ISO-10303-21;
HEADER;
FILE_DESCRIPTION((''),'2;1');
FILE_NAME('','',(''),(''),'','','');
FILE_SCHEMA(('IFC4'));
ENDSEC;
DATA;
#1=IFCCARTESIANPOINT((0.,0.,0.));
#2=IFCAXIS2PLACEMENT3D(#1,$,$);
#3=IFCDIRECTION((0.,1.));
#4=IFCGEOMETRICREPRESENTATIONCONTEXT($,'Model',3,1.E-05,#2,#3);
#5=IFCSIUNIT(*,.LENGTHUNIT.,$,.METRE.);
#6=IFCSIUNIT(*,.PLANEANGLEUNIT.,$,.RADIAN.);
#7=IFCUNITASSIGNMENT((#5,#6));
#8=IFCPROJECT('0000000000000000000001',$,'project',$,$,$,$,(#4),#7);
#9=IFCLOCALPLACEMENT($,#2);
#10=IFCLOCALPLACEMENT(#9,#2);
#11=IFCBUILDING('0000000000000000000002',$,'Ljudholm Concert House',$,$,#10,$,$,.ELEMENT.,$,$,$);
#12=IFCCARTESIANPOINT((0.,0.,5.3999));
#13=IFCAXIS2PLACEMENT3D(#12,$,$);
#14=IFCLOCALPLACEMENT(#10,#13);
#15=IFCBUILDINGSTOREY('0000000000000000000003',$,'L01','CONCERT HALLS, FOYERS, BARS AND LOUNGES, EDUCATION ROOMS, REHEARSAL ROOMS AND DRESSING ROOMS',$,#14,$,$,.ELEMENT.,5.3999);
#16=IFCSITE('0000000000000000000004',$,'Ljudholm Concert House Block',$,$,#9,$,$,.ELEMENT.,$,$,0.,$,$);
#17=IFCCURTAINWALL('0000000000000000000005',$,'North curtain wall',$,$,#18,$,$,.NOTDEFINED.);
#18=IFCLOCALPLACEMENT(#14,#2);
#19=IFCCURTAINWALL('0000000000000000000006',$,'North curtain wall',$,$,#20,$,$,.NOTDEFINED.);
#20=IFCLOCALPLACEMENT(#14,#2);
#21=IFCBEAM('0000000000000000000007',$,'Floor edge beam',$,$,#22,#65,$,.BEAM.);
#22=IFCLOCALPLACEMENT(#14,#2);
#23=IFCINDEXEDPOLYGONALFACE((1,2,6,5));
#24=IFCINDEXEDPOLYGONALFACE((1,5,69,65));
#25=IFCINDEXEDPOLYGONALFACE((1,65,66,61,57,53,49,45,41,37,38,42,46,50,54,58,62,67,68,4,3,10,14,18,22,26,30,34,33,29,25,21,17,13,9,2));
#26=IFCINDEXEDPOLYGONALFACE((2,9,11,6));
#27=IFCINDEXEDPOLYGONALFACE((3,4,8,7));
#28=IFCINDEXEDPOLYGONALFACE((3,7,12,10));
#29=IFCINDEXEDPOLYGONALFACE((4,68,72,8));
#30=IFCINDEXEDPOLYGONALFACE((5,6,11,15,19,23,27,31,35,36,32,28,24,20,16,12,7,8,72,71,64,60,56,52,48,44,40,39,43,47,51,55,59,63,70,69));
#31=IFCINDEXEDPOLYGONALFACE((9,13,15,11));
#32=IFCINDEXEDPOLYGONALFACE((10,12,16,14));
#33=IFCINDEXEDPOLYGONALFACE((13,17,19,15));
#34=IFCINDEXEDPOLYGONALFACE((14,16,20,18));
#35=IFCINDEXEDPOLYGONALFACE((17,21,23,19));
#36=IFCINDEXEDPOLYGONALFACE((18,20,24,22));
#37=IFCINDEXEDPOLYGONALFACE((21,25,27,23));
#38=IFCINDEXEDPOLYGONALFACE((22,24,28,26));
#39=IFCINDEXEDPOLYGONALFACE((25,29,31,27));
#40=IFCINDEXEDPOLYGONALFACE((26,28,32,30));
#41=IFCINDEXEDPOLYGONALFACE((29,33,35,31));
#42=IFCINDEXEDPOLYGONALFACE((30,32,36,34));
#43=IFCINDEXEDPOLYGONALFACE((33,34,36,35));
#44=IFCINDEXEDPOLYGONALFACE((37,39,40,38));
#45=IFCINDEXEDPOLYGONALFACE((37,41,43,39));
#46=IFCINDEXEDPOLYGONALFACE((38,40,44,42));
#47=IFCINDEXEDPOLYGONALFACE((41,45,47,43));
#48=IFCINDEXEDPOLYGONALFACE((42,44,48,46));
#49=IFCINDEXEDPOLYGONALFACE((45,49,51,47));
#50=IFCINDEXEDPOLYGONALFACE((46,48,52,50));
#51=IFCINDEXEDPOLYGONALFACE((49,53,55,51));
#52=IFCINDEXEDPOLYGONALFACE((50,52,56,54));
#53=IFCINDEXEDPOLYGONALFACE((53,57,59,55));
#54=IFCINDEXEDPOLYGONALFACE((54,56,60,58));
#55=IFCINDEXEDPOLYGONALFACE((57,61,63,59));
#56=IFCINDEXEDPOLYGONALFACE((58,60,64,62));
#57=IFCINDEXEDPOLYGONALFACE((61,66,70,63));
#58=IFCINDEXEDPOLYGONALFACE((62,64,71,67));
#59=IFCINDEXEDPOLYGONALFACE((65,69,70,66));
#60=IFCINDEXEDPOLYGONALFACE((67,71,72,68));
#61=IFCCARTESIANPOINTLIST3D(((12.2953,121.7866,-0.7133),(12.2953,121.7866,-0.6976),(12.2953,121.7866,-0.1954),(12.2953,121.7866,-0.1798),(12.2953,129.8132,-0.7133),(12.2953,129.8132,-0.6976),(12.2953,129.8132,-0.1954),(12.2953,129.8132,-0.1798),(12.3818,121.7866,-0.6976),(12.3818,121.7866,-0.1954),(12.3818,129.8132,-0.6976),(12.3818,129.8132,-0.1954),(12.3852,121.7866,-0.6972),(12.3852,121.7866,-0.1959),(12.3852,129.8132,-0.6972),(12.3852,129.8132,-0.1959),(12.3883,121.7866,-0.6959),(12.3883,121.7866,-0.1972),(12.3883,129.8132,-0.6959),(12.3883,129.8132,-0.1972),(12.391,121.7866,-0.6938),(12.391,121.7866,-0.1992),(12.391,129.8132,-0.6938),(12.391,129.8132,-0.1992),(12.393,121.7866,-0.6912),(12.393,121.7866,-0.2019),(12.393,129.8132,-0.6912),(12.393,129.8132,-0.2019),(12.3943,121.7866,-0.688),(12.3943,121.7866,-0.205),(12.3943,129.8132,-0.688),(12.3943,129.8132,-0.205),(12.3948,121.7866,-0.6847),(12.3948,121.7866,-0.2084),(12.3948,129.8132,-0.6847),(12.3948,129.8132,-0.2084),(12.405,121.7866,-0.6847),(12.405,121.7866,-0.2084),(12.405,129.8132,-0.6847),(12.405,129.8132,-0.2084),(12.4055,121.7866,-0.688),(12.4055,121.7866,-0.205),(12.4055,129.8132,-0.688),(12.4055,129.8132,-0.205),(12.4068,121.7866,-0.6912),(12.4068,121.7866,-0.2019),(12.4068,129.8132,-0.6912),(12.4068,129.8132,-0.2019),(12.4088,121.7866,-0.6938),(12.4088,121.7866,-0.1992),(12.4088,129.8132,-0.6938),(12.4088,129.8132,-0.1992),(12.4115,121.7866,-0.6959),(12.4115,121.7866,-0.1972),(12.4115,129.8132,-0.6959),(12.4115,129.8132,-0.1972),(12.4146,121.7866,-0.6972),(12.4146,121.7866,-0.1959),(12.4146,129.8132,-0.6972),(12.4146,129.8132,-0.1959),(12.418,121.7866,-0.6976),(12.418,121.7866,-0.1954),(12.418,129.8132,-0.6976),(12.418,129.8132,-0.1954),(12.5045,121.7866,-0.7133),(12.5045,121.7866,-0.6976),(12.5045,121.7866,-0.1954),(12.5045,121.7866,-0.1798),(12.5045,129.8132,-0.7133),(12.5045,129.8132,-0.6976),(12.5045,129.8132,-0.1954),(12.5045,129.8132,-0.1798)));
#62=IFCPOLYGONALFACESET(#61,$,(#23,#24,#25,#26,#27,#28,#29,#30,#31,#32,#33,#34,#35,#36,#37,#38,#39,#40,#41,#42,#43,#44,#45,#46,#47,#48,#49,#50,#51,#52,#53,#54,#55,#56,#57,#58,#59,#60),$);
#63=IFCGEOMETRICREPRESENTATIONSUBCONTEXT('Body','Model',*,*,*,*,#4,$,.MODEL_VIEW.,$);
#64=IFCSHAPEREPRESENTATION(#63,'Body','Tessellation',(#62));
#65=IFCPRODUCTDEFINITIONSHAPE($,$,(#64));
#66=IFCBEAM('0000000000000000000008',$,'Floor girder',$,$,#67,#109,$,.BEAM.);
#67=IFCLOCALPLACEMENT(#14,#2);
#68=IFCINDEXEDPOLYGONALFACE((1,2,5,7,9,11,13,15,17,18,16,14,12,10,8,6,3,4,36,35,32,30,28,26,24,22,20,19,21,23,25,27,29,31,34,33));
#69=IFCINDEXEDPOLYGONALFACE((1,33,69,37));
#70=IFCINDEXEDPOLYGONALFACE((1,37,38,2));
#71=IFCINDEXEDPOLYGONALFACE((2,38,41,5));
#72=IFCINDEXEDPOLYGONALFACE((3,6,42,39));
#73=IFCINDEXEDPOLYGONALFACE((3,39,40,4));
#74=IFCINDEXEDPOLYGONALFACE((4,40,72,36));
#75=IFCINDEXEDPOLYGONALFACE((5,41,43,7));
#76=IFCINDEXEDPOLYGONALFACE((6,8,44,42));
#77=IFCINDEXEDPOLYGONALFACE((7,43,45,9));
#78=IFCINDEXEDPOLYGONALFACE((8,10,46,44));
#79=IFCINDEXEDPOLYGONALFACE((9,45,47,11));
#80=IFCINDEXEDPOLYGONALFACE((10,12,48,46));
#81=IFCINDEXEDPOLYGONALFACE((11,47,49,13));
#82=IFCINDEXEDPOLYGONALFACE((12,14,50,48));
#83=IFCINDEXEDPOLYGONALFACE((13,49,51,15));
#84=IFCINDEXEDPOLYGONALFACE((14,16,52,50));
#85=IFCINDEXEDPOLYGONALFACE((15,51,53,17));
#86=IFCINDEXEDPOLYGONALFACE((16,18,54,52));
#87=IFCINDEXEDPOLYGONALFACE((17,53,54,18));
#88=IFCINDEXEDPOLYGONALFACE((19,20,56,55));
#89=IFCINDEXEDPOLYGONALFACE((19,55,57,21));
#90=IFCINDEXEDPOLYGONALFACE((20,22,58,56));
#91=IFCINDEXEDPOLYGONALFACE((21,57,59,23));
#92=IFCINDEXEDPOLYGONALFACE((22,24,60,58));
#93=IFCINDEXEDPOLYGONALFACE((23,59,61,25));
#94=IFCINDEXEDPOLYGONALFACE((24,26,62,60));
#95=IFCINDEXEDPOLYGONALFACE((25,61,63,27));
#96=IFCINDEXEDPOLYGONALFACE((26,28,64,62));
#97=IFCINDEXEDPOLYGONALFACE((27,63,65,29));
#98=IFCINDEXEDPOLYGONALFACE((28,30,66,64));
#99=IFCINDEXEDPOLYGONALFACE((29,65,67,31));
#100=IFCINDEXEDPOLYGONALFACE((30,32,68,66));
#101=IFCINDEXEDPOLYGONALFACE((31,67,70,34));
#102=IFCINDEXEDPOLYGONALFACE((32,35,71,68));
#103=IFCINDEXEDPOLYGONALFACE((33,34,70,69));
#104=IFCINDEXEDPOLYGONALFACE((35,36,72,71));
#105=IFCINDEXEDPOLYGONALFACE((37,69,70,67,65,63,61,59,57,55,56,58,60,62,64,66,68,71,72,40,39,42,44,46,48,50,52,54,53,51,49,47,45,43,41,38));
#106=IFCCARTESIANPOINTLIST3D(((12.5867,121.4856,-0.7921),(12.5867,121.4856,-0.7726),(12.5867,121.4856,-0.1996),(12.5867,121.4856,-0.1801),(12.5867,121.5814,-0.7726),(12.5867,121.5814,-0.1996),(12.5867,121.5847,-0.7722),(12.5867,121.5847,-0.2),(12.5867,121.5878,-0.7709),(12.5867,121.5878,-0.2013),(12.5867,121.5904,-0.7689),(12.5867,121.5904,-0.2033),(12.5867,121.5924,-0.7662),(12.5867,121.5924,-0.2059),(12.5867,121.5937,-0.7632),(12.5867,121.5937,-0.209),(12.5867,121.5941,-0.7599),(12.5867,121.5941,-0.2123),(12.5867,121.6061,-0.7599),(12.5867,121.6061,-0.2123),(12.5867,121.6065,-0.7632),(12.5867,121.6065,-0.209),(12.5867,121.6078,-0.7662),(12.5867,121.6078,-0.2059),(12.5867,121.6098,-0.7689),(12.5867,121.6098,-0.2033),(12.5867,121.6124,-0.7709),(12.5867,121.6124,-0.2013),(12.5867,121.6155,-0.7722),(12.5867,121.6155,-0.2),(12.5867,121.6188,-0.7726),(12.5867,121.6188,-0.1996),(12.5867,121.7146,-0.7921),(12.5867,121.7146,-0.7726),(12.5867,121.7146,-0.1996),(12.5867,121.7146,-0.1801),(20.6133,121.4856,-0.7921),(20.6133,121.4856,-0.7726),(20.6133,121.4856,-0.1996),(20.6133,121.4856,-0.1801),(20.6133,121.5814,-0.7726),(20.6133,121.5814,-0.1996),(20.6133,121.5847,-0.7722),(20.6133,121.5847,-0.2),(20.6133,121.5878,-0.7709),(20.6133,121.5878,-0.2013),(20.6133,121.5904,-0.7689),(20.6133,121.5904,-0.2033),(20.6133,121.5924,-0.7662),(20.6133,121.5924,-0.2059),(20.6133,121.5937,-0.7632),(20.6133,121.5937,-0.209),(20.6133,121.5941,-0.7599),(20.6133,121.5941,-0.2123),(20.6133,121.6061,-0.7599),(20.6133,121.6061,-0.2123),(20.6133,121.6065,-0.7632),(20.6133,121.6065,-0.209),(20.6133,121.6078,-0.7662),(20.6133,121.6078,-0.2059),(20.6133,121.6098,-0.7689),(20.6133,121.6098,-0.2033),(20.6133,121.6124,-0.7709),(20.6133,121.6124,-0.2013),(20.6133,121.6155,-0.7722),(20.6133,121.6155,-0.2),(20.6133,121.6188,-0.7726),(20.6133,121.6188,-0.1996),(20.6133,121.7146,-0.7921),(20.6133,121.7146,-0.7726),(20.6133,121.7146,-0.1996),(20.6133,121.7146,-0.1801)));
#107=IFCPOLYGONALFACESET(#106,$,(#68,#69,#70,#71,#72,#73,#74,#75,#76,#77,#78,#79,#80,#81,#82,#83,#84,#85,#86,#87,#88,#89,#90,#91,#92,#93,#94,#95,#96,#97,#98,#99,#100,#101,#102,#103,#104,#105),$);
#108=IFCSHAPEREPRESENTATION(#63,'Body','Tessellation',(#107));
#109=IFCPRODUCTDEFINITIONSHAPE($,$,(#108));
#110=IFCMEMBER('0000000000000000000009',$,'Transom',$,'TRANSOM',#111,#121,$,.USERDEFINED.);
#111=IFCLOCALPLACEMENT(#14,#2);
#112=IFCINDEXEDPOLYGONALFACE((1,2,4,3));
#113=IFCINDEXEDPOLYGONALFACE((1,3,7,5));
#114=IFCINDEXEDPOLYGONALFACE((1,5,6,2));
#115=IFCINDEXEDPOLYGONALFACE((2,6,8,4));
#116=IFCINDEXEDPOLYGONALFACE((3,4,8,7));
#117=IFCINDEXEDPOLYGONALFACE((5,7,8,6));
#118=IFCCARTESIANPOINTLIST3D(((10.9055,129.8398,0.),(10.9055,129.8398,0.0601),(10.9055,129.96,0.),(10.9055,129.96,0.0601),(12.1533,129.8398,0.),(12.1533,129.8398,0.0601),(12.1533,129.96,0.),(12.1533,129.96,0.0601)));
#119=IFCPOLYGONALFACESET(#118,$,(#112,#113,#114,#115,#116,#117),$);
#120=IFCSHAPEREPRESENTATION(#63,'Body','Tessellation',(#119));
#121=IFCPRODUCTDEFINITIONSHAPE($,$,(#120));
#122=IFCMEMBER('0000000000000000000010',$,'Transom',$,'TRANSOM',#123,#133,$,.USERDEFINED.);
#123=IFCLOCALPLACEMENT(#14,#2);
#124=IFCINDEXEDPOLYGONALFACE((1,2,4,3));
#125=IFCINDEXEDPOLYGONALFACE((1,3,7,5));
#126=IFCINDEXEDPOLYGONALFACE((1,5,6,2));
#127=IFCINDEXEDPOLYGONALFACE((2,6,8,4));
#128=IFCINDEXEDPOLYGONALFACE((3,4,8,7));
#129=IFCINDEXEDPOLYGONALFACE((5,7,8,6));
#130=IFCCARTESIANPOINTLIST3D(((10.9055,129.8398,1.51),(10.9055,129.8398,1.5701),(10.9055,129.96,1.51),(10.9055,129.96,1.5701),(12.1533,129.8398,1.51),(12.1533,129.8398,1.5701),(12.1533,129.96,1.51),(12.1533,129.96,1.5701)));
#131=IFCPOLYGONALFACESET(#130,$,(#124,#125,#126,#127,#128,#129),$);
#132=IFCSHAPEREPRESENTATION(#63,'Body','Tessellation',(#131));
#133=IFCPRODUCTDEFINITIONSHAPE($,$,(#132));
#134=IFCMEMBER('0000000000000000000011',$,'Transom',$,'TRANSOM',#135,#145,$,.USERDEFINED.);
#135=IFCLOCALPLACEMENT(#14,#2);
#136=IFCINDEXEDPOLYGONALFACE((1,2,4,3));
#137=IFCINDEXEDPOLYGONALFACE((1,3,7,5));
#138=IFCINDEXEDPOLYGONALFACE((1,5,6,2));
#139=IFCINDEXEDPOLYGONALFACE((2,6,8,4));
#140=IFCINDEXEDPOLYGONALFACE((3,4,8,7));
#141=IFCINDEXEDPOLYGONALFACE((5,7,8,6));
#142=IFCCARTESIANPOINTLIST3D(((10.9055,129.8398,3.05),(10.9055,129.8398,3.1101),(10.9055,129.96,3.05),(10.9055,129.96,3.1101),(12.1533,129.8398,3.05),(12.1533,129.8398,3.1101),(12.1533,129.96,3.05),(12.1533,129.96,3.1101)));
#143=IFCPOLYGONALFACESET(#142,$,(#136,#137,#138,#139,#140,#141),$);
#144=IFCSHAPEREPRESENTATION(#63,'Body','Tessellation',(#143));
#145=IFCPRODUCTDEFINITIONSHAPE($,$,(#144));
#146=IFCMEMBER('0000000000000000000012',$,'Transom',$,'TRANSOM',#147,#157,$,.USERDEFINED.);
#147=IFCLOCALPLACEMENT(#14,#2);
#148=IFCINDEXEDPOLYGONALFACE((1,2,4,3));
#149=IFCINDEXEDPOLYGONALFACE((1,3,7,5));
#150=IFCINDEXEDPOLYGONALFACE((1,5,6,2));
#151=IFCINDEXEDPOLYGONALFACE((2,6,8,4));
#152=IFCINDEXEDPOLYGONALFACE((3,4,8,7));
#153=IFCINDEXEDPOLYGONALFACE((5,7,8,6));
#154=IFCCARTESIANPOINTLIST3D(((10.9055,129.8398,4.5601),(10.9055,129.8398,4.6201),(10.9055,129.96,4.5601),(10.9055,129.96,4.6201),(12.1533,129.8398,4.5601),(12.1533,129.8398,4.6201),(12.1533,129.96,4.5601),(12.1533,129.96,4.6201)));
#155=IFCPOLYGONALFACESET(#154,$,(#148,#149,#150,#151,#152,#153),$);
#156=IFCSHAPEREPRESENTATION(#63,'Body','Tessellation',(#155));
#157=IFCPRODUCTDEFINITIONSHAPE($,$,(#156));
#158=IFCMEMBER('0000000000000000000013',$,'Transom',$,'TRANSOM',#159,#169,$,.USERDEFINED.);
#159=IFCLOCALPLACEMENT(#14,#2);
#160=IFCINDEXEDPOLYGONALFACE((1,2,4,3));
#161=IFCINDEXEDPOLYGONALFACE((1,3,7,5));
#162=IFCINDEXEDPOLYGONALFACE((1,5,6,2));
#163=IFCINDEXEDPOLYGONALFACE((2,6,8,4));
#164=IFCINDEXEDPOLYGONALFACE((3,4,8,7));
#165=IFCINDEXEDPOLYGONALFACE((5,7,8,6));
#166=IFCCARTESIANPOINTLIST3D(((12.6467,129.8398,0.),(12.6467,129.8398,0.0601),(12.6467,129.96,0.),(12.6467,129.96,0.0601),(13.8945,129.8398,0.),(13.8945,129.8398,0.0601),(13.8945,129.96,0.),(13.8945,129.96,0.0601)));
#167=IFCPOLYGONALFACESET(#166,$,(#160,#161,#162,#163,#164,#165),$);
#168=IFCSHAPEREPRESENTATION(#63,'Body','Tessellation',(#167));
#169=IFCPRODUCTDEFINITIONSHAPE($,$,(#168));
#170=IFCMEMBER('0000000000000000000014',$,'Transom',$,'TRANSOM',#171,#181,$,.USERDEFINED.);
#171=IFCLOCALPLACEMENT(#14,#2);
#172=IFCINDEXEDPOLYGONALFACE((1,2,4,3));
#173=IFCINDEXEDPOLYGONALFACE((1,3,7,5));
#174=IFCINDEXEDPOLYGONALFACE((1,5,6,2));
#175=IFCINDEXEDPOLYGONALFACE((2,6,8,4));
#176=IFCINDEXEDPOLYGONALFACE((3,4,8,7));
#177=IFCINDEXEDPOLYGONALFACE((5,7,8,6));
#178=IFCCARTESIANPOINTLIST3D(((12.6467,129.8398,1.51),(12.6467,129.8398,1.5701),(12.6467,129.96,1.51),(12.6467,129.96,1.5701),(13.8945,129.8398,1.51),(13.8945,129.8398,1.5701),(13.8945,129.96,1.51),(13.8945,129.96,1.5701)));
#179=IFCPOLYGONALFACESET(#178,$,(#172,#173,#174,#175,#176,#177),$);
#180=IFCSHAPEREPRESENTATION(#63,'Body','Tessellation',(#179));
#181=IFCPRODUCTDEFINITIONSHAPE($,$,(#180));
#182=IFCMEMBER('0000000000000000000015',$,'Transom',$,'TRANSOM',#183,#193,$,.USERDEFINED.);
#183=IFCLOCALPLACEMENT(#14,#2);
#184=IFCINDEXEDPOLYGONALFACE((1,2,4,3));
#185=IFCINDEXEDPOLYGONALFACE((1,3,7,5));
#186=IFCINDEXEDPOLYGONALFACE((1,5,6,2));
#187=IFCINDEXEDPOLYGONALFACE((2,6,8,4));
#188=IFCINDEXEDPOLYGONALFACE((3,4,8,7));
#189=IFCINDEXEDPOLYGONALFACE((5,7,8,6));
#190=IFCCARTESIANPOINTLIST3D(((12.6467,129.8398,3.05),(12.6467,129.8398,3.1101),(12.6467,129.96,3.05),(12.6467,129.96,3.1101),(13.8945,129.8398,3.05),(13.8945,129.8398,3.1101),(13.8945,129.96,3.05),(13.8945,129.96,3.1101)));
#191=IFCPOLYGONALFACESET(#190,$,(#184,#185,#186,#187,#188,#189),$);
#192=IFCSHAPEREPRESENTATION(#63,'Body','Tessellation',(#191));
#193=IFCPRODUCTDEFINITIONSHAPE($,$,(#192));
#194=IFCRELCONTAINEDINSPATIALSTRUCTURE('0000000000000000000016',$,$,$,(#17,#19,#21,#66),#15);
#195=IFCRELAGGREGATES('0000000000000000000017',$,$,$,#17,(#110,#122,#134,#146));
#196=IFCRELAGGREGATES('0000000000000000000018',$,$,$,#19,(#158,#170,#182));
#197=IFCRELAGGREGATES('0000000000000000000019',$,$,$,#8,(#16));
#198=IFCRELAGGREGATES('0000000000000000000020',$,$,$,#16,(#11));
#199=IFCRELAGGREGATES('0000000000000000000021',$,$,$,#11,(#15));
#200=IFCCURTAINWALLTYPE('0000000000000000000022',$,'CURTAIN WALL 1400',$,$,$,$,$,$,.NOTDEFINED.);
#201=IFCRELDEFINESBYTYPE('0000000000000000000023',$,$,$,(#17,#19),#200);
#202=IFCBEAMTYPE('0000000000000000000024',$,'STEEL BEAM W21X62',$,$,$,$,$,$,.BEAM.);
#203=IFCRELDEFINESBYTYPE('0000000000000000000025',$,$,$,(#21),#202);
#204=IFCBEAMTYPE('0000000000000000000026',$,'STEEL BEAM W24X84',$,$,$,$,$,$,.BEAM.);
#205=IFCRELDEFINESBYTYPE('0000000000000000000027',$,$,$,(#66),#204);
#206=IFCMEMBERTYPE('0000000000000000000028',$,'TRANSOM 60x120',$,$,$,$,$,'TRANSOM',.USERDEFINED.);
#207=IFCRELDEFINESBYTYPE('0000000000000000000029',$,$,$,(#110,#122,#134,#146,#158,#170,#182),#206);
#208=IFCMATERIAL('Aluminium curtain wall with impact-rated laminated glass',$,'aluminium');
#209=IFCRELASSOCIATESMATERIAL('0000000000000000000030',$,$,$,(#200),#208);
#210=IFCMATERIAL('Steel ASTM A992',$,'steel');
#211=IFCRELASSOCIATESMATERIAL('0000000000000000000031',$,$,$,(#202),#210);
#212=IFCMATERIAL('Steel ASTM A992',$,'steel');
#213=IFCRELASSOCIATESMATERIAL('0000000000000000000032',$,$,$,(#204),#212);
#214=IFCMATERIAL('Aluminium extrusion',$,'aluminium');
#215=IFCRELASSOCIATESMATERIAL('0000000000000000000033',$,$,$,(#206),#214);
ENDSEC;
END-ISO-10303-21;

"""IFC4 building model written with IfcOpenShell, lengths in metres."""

from ifc_helpers import new_model, si_unit, direction, frame, origin, origin_2d, place, context, subcontext, project, spatial, rectangle, i_section, extrude, material, material_profile, profile_set, type_object, element, aggregate, save


model = new_model("IFC4")

# Units and contexts
model_context = context("Model", 3, precision=1e-05, world=origin(), true_north=direction((0.0, 1.0)))
body_context = subcontext(model_context, "Body", "Model", "MODEL_VIEW")
ifc_project = project(units=[si_unit("LENGTHUNIT", "METRE"), si_unit("PLANEANGLEUNIT", "RADIAN")], contexts=[model_context])

# Site, building, storey
site_placement = place(None, origin())
site = spatial("IfcSite", under=ifc_project, at=site_placement, Name="Ljudholm Concert House Block", CompositionType="ELEMENT", RefElevation=0.0)
building_placement = place(site_placement, origin())
building = spatial("IfcBuilding", under=site, at=building_placement, Name="Ljudholm Concert House", CompositionType="ELEMENT")
storey_placement = place(building_placement, frame((0.0, 0.0, 5.3999)))
storey = spatial("IfcBuildingStorey", under=building, at=storey_placement, Name="L01", Description="CONCERT HALLS, FOYERS, BARS AND LOUNGES, EDUCATION ROOMS, REHEARSAL ROOMS AND DRESSING ROOMS", CompositionType="ELEMENT", Elevation=5.3999)

# Curtain walls
ifc_material_1 = material(Name="Aluminium curtain wall with impact-rated laminated glass", Category="aluminium")
curtain_wall_type = type_object("IfcCurtainWallType", Name="CURTAIN WALL 1400", PredefinedType="NOTDEFINED", material=ifc_material_1)
curtain_wall_1_placement = place(storey_placement, origin())
curtain_wall_1 = element("IfcCurtainWall", 1, at=curtain_wall_1_placement, inside=storey, type_object=curtain_wall_type, Name="North curtain wall", PredefinedType="NOTDEFINED")
curtain_wall_2_placement = place(storey_placement, origin())
curtain_wall_2 = element("IfcCurtainWall", 2, at=curtain_wall_2_placement, inside=storey, type_object=curtain_wall_type, Name="North curtain wall", PredefinedType="NOTDEFINED")

# Beams
ifc_material_2 = material(Name="Steel ASTM A992", Category="steel")
ifc_material_profile_1 = material_profile(ifc_material_2, i_section(OverallWidth=0.2092, OverallDepth=0.5334, WebThickness=0.0103, FlangeThickness=0.0156, FilletRadius=0.0129, at=origin_2d()), Name="W21X62")
ifc_profile_set_1 = profile_set([ifc_material_profile_1], Name="Steel ASTM A992")
beam_type_1 = type_object("IfcBeamType", Name="STEEL BEAM W21X62", PredefinedType="BEAM", material=ifc_profile_set_1)
beam_1_placement = place(storey_placement, frame((12.3999, 121.7866, -0.4465), z_axis=(0.0, 1.0, 0.0), x_axis=(-1.0, 0.0, 0.0)))
element("IfcBeam", 3, at=beam_1_placement, inside=storey, type_object=beam_type_1, Name="Floor edge beam", PredefinedType="BEAM", context=body_context, shape_type="SweptSolid", body=[
    extrude(i_section(OverallWidth=0.2092, OverallDepth=0.5334, WebThickness=0.0103, FlangeThickness=0.0156, FilletRadius=0.0129, at=origin_2d()), origin(), (0.0, 0.0, 1.0), 8.0266),
])
ifc_material_3 = material(Name="Steel ASTM A992", Category="steel")
ifc_material_profile_2 = material_profile(ifc_material_3, i_section(OverallWidth=0.229, OverallDepth=0.6121, WebThickness=0.012, FlangeThickness=0.0195, FilletRadius=0.0127, at=origin_2d()), Name="W24X84")
ifc_profile_set_2 = profile_set([ifc_material_profile_2], Name="Steel ASTM A992")
beam_type_2 = type_object("IfcBeamType", Name="STEEL BEAM W24X84", PredefinedType="BEAM", material=ifc_profile_set_2)
beam_2_placement = place(storey_placement, frame((12.5867, 121.6001, -0.4861), z_axis=(1.0, 0.0, 0.0), x_axis=(0.0, 1.0, 0.0)))
element("IfcBeam", 4, at=beam_2_placement, inside=storey, type_object=beam_type_2, Name="Floor girder", PredefinedType="BEAM", context=body_context, shape_type="SweptSolid", body=[
    extrude(i_section(OverallWidth=0.229, OverallDepth=0.6121, WebThickness=0.012, FlangeThickness=0.0195, FilletRadius=0.0127, at=origin_2d()), origin(), (0.0, 0.0, 1.0), 8.0266),
])

# Members
ifc_material_4 = material(Name="Aluminium extrusion", Category="aluminium")
ifc_material_profile_3 = material_profile(ifc_material_4, rectangle(XDim=0.1201, YDim=0.0601, at=origin_2d()), Name="TRANSOM 60x120")
ifc_profile_set_3 = profile_set([ifc_material_profile_3], Name="Aluminium extrusion")
member_type_1 = type_object("IfcMemberType", Name="TRANSOM 60x120", ElementType="TRANSOM", PredefinedType="USERDEFINED", material=ifc_profile_set_3)
member_1_placement = place(storey_placement, frame((10.9055, 129.8999, 0.03), z_axis=(1.0, 0.0, 0.0), x_axis=(0.0, 1.0, 0.0)))
member_1 = element("IfcMember", 5, at=member_1_placement, type_object=member_type_1, Name="Transom", ObjectType="TRANSOM", PredefinedType="USERDEFINED", context=body_context, shape_type="SweptSolid", body=[
    extrude(rectangle(XDim=0.1201, YDim=0.0601, at=origin_2d()), origin(), (0.0, 0.0, 1.0), 1.2478),
])
member_2_placement = place(storey_placement, frame((10.9055, 129.8999, 1.54), z_axis=(1.0, 0.0, 0.0), x_axis=(0.0, 1.0, 0.0)))
member_2 = element("IfcMember", 6, at=member_2_placement, type_object=member_type_1, Name="Transom", ObjectType="TRANSOM", PredefinedType="USERDEFINED", context=body_context, shape_type="SweptSolid", body=[
    extrude(rectangle(XDim=0.1201, YDim=0.0601, at=origin_2d()), origin(), (0.0, 0.0, 1.0), 1.2478),
])
member_3_placement = place(storey_placement, frame((10.9055, 129.8999, 3.0801), z_axis=(1.0, 0.0, 0.0), x_axis=(0.0, 1.0, 0.0)))
member_3 = element("IfcMember", 7, at=member_3_placement, type_object=member_type_1, Name="Transom", ObjectType="TRANSOM", PredefinedType="USERDEFINED", context=body_context, shape_type="SweptSolid", body=[
    extrude(rectangle(XDim=0.1201, YDim=0.0601, at=origin_2d()), origin(), (0.0, 0.0, 1.0), 1.2478),
])
member_4_placement = place(storey_placement, frame((10.9055, 129.8999, 4.5901), z_axis=(1.0, 0.0, 0.0), x_axis=(0.0, 1.0, 0.0)))
member_4 = element("IfcMember", 8, at=member_4_placement, type_object=member_type_1, Name="Transom", ObjectType="TRANSOM", PredefinedType="USERDEFINED", context=body_context, shape_type="SweptSolid", body=[
    extrude(rectangle(XDim=0.1201, YDim=0.0601, at=origin_2d()), origin(), (0.0, 0.0, 1.0), 1.2478),
])
member_5_placement = place(storey_placement, frame((12.6467, 129.8999, 0.03), z_axis=(1.0, 0.0, 0.0), x_axis=(0.0, 1.0, 0.0)))
member_5 = element("IfcMember", 9, at=member_5_placement, type_object=member_type_1, Name="Transom", ObjectType="TRANSOM", PredefinedType="USERDEFINED", context=body_context, shape_type="SweptSolid", body=[
    extrude(rectangle(XDim=0.1201, YDim=0.0601, at=origin_2d()), origin(), (0.0, 0.0, 1.0), 1.2478),
])
member_6_placement = place(storey_placement, frame((12.6467, 129.8999, 1.54), z_axis=(1.0, 0.0, 0.0), x_axis=(0.0, 1.0, 0.0)))
member_6 = element("IfcMember", 10, at=member_6_placement, type_object=member_type_1, Name="Transom", ObjectType="TRANSOM", PredefinedType="USERDEFINED", context=body_context, shape_type="SweptSolid", body=[
    extrude(rectangle(XDim=0.1201, YDim=0.0601, at=origin_2d()), origin(), (0.0, 0.0, 1.0), 1.2478),
])
member_7_placement = place(storey_placement, frame((12.6467, 129.8999, 3.0801), z_axis=(1.0, 0.0, 0.0), x_axis=(0.0, 1.0, 0.0)))
member_7 = element("IfcMember", 11, at=member_7_placement, type_object=member_type_1, Name="Transom", ObjectType="TRANSOM", PredefinedType="USERDEFINED", context=body_context, shape_type="SweptSolid", body=[
    extrude(rectangle(XDim=0.1201, YDim=0.0601, at=origin_2d()), origin(), (0.0, 0.0, 1.0), 1.2478),
])

aggregate(curtain_wall_1, [member_1, member_2, member_3, member_4])
aggregate(curtain_wall_2, [member_5, member_6, member_7])

save(model, "model.ifc")
